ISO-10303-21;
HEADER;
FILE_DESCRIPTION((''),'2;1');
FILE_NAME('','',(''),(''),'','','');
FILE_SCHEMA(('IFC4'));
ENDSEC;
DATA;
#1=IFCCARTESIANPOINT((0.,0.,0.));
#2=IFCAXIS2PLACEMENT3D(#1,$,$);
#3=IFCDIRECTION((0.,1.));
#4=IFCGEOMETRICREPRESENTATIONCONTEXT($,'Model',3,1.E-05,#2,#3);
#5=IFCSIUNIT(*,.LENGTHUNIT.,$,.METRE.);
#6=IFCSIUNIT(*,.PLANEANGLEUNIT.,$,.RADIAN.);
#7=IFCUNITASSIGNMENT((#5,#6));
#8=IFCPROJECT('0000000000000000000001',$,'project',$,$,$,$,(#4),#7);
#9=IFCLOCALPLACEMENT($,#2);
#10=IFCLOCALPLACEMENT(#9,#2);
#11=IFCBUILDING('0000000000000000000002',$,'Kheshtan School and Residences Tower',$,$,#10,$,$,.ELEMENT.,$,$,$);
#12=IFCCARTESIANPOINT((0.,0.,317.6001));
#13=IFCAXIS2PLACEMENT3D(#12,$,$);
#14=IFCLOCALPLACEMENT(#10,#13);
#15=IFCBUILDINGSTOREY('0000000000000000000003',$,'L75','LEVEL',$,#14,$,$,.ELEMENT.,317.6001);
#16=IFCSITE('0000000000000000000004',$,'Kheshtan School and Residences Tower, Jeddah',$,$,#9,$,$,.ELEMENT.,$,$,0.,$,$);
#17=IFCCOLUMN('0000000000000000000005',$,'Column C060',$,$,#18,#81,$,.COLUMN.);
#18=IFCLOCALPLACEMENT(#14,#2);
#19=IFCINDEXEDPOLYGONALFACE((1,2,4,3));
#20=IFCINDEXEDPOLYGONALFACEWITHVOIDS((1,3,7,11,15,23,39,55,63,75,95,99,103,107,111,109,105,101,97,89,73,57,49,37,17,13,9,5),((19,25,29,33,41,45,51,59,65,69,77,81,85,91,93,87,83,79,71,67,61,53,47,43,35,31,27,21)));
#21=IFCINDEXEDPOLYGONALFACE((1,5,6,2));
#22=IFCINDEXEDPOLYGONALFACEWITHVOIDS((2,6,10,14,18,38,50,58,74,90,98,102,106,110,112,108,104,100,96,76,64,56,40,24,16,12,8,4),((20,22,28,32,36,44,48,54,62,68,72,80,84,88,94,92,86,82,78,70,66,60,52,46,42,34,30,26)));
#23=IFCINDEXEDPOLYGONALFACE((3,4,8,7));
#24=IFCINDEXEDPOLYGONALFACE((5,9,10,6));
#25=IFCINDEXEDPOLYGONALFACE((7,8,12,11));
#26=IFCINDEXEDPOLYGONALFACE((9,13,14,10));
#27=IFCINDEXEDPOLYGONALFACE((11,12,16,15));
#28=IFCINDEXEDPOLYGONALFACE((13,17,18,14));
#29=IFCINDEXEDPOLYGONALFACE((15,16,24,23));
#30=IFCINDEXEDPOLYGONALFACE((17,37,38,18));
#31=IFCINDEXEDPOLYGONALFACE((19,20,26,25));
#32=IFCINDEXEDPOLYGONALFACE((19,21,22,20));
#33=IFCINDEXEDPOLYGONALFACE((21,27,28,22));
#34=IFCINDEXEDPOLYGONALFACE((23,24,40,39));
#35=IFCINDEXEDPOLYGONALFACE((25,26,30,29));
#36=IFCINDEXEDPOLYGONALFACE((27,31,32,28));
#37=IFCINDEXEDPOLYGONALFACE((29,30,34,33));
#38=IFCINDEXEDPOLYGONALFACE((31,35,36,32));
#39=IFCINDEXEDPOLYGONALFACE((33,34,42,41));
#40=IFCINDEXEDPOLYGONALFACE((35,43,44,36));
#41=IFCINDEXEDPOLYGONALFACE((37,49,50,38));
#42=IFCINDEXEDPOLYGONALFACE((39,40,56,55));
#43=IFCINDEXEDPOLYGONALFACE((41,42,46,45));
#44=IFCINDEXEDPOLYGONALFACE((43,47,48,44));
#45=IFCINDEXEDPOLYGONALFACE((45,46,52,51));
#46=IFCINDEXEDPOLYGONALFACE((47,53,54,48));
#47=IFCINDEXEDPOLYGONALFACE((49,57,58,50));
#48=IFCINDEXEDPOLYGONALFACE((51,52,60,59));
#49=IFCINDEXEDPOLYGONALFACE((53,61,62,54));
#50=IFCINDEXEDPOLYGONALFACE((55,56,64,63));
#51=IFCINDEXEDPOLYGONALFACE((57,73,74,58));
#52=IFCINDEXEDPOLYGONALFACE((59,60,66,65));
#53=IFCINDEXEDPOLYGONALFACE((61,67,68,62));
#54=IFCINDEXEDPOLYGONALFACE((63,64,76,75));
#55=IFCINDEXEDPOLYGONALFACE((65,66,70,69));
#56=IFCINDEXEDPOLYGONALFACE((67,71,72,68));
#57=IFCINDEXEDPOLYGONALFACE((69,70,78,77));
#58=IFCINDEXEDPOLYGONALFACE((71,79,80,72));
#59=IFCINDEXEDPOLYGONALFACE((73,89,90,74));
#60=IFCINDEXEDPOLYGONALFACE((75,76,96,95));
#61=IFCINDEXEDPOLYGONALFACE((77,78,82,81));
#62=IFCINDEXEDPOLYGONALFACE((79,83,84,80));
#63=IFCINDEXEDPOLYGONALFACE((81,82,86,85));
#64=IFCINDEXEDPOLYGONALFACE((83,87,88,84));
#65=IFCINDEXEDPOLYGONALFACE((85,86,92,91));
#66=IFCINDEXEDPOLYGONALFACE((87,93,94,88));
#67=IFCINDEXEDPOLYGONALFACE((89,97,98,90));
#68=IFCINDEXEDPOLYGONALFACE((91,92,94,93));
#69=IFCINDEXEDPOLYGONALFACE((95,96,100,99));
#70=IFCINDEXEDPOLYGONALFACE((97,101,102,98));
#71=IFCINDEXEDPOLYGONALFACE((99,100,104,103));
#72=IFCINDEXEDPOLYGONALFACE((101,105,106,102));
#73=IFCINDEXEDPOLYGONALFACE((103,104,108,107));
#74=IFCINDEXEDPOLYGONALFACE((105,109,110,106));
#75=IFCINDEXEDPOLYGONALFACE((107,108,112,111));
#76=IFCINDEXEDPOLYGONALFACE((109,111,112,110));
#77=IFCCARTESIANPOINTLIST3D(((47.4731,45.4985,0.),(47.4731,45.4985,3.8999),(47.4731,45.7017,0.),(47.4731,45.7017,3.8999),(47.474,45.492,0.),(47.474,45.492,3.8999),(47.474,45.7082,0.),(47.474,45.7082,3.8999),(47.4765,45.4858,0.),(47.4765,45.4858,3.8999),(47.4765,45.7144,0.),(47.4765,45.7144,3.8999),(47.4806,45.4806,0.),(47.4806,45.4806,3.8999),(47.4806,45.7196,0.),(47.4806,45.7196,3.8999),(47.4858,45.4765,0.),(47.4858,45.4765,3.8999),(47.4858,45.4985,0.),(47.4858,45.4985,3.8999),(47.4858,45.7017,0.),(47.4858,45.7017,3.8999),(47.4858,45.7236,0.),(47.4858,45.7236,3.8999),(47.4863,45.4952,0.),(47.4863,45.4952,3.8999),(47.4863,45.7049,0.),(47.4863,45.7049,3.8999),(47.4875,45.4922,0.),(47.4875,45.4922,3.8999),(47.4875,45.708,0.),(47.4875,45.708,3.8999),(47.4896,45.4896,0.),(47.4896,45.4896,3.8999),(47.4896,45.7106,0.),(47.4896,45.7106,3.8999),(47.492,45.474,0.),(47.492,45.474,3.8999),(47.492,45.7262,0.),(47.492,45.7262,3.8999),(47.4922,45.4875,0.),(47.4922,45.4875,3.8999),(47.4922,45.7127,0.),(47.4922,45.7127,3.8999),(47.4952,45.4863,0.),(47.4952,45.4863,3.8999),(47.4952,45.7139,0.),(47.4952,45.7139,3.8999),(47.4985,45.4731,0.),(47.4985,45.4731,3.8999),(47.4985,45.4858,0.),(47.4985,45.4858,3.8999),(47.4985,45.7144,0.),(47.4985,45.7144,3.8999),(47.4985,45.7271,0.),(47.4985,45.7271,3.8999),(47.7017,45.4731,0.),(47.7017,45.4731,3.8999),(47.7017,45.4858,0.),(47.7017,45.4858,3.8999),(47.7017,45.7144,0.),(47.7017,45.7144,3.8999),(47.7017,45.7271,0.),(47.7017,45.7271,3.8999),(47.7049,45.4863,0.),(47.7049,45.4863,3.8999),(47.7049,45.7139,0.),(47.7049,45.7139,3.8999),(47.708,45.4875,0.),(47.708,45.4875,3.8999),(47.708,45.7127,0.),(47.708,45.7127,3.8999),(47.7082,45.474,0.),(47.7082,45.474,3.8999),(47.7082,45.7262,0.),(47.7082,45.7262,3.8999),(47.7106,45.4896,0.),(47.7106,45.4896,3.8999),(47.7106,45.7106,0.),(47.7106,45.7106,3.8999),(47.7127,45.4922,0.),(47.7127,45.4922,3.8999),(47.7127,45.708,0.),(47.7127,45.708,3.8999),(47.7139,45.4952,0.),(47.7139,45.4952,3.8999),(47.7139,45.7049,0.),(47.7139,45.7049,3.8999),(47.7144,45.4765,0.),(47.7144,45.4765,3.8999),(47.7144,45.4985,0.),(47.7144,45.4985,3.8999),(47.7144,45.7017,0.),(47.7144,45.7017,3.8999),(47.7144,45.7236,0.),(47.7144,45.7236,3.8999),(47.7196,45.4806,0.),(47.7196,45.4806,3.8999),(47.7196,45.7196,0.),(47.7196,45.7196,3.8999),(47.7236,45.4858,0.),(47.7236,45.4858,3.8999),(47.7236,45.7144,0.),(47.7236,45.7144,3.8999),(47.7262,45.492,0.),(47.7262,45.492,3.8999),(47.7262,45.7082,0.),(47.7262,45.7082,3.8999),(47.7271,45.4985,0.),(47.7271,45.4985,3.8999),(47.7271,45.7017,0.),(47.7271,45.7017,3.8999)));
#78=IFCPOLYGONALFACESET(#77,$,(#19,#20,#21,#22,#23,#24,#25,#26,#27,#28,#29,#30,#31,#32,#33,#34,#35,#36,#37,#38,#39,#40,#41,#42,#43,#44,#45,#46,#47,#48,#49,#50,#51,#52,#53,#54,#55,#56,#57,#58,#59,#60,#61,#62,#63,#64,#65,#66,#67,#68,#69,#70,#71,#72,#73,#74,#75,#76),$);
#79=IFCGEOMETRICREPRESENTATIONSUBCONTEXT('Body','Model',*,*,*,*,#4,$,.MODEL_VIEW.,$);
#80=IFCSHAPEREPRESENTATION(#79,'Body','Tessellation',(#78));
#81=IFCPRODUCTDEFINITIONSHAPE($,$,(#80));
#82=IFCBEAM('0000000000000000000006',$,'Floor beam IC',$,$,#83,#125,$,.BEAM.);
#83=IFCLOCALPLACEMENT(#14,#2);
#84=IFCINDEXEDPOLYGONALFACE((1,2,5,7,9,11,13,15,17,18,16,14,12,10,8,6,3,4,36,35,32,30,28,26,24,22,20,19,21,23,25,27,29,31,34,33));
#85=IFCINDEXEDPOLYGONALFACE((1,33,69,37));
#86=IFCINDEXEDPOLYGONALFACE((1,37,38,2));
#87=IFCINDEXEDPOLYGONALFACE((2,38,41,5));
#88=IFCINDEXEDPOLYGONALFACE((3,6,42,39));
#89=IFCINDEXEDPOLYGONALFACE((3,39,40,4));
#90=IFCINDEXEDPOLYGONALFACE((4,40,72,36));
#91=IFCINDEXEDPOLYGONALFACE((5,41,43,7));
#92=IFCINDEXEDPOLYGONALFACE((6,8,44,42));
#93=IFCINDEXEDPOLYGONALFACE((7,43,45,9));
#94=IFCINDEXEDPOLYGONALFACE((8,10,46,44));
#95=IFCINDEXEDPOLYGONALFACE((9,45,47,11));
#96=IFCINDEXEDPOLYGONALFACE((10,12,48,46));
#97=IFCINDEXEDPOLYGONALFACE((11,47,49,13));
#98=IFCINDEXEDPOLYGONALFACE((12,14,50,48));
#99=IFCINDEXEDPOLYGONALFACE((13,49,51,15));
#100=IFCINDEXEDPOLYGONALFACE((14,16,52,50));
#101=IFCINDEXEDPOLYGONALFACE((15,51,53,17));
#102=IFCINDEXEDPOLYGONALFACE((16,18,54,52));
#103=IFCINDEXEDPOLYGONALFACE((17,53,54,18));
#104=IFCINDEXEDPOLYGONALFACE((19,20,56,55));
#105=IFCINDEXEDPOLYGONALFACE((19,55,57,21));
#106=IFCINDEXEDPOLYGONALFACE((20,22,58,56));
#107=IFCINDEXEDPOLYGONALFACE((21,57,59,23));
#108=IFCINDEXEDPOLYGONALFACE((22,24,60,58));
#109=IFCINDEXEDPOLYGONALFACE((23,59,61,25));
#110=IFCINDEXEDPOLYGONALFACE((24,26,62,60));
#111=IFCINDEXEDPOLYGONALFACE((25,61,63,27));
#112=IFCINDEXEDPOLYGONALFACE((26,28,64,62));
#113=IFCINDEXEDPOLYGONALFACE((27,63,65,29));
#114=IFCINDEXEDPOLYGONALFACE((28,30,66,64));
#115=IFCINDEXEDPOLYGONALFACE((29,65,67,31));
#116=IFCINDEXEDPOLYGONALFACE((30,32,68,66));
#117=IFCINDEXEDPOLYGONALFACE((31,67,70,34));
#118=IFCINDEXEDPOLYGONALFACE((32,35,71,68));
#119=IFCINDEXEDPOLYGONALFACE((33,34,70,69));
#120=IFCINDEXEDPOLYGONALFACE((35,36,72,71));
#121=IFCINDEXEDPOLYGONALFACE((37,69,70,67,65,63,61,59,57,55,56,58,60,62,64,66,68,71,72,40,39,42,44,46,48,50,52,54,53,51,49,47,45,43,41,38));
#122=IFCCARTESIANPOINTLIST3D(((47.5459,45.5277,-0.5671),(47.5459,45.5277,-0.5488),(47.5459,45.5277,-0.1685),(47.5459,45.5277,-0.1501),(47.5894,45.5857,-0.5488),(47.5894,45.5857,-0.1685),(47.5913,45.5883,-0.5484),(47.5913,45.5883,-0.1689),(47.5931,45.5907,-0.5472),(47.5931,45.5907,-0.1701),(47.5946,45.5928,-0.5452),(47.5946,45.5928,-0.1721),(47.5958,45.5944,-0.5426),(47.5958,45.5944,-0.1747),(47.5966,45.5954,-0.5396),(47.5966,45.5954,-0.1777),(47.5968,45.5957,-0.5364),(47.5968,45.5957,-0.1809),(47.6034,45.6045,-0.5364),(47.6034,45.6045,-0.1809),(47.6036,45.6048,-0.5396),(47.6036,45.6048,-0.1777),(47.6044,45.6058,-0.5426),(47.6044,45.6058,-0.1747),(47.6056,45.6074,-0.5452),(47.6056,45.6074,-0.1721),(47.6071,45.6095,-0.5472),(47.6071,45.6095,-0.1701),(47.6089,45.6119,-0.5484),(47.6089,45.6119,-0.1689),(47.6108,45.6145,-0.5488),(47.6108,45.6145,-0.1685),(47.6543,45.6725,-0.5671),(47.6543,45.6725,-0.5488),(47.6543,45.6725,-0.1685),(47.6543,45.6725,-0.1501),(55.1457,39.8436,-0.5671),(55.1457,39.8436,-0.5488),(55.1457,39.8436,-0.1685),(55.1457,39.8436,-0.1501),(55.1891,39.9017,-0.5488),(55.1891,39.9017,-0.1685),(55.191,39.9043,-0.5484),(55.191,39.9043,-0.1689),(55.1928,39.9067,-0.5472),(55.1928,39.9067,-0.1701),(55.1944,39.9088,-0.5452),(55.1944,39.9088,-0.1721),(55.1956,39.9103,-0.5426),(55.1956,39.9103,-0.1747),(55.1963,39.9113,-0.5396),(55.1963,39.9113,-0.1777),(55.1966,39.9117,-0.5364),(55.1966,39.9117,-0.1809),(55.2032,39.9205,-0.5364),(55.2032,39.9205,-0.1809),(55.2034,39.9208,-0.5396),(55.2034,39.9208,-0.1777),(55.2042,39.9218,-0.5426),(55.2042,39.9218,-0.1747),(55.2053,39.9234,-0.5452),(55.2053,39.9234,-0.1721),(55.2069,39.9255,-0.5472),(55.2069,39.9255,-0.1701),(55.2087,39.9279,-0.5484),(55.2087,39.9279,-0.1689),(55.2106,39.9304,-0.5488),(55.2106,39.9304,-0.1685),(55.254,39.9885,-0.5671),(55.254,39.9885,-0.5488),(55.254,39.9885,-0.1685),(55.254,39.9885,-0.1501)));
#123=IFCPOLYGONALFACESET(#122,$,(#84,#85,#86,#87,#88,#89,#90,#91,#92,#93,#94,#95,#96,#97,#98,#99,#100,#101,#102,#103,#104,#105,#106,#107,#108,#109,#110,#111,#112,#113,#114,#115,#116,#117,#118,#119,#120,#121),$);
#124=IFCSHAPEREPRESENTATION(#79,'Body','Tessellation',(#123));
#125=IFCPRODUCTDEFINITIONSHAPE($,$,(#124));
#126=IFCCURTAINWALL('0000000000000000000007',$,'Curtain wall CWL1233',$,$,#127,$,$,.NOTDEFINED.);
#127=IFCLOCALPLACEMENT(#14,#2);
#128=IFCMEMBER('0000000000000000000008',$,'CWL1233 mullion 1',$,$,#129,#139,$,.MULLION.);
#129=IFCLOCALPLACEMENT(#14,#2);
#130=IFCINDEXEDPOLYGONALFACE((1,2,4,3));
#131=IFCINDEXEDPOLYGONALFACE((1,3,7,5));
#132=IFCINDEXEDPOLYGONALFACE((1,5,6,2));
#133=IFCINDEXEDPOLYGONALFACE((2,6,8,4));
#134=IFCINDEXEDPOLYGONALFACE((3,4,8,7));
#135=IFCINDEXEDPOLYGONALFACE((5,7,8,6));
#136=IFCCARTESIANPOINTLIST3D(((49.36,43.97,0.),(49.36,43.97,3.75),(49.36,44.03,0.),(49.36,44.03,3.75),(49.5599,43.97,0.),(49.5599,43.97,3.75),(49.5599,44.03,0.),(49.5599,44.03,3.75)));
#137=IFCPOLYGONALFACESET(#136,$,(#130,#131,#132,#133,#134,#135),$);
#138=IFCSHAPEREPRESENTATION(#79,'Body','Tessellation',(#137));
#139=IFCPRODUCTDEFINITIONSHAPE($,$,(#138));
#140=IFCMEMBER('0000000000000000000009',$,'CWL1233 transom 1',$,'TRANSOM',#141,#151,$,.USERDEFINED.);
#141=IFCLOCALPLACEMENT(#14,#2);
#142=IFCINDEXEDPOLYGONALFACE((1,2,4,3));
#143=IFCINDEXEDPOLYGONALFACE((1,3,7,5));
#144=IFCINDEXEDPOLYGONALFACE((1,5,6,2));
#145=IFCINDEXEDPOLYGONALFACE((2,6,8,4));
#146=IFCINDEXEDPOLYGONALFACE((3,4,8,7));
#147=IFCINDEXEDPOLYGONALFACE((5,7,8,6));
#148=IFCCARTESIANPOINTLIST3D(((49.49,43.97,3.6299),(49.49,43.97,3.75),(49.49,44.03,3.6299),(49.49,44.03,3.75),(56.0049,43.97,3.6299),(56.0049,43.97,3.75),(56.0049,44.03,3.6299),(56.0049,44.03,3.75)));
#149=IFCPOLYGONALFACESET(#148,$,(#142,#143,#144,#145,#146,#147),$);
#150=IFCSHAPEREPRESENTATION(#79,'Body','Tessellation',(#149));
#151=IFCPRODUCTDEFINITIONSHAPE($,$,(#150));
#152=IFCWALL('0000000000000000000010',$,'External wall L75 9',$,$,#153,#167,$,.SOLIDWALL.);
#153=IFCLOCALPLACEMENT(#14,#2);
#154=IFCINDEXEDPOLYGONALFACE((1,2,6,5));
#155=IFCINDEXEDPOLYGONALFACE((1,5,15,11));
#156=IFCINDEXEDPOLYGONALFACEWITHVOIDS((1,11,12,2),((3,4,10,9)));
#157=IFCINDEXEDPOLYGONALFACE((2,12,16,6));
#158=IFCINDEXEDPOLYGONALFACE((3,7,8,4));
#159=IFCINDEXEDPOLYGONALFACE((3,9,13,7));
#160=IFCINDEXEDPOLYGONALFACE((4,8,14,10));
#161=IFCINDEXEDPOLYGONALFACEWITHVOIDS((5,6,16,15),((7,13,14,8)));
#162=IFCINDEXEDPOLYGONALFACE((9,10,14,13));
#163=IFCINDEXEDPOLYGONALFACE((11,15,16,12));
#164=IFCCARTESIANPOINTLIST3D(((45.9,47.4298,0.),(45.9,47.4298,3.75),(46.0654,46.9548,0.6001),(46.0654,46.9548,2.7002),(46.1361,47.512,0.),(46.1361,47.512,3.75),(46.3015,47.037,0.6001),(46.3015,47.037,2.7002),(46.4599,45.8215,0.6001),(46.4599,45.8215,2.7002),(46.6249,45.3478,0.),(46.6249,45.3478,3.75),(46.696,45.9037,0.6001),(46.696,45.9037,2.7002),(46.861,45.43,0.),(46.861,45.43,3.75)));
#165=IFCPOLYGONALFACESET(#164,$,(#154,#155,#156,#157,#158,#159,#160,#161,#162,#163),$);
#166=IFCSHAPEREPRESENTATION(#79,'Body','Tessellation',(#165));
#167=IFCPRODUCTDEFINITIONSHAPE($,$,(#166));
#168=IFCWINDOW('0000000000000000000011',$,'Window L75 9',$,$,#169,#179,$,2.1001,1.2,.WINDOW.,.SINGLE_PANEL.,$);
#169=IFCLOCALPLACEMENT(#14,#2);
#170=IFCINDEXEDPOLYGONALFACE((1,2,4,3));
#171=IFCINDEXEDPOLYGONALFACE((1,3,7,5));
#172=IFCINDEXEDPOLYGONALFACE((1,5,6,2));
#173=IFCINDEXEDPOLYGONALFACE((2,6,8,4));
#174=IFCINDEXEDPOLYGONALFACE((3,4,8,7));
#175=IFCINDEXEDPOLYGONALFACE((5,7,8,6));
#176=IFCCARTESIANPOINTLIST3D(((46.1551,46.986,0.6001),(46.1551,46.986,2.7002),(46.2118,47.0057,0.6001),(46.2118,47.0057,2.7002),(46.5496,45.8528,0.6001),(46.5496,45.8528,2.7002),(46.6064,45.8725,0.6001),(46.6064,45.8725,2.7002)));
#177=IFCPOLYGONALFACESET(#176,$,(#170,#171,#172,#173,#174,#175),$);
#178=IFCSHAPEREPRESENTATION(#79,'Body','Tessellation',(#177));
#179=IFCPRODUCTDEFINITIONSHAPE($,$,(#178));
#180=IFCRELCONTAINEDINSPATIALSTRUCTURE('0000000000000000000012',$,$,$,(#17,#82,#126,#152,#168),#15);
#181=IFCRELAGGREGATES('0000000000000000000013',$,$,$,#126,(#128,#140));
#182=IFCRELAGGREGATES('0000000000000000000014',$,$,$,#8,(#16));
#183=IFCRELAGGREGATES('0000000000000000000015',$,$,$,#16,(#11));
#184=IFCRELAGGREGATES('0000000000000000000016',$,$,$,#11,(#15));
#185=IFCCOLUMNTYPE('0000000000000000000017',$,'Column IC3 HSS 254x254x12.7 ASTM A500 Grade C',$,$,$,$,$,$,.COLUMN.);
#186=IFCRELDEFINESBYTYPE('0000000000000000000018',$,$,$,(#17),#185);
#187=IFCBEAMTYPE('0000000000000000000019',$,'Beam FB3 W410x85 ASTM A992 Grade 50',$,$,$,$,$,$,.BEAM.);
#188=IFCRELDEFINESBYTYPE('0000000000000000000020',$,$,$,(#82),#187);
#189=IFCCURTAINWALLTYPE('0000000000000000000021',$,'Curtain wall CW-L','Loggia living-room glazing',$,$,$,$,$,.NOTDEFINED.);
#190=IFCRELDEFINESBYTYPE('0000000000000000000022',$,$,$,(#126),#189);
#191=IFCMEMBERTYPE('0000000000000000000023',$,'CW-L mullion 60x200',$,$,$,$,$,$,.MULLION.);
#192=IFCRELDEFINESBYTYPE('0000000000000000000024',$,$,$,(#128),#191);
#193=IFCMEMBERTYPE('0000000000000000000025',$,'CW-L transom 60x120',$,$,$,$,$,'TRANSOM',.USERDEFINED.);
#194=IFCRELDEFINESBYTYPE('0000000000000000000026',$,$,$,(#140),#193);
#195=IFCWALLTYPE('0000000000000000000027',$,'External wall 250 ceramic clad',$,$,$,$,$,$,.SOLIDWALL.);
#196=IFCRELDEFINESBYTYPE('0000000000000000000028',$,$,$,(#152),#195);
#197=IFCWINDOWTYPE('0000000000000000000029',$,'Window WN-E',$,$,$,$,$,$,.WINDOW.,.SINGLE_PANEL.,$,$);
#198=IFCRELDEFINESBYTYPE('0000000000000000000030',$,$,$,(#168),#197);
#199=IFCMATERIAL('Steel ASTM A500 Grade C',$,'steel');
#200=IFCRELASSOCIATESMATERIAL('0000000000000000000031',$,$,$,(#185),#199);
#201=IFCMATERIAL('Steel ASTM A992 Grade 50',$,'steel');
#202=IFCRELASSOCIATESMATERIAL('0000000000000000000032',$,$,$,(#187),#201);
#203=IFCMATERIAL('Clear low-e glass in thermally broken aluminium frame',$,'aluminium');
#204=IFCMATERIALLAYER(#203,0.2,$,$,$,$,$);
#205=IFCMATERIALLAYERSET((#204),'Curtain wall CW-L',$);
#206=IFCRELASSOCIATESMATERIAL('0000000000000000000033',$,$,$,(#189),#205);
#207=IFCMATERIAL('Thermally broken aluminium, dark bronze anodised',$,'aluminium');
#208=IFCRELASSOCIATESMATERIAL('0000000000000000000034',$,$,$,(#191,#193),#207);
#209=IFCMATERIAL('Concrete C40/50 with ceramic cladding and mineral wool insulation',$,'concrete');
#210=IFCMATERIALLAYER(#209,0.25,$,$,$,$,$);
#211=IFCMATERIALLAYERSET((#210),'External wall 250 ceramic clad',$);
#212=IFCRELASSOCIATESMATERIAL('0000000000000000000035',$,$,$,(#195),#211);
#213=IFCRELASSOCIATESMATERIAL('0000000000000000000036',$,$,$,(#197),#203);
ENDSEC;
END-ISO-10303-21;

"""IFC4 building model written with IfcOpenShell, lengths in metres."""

from ifc_helpers import new_model, si_unit, direction, frame, frame_2d, origin, origin_2d, place, context, subcontext, project, spatial, rectangle, hollow_rectangle, i_section, extrude, source, transform, mapped, material, layer, layer_set, material_profile, profile_set, type_object, element, fill, aggregate, save


model = new_model("IFC4")

# Units and contexts
model_context = context("Model", 3, precision=1e-05, world=origin(), true_north=direction((0.0, 1.0)))
body_context = subcontext(model_context, "Body", "Model", "MODEL_VIEW")
ifc_project = project(units=[si_unit("LENGTHUNIT", "METRE"), si_unit("PLANEANGLEUNIT", "RADIAN")], contexts=[model_context])

# Site, building, storey
site_placement = place(None, origin())
site = spatial("IfcSite", under=ifc_project, at=site_placement, Name="Kheshtan School and Residences Tower, Jeddah", CompositionType="ELEMENT", RefElevation=0.0)
building_placement = place(site_placement, origin())
building = spatial("IfcBuilding", under=site, at=building_placement, Name="Kheshtan School and Residences Tower", CompositionType="ELEMENT")
storey_placement = place(building_placement, frame((0.0, 0.0, 317.6001)))
storey = spatial("IfcBuildingStorey", under=building, at=storey_placement, Name="L75", Description="LEVEL", CompositionType="ELEMENT", Elevation=317.6001)

# Column
ifc_material_1 = material(Name="Steel ASTM A500 Grade C", Category="steel")
ifc_material_profile_1 = material_profile(ifc_material_1, hollow_rectangle(XDim=0.2539, YDim=0.2539, WallThickness=0.0127, InnerFilletRadius=0.0127, OuterFilletRadius=0.0254, at=origin_2d()), Name="HSS 254x254x12.7")
ifc_profile_set_1 = profile_set([ifc_material_profile_1], Name="Steel ASTM A500 Grade C")
column_type = type_object("IfcColumnType", Name="Column IC3 HSS 254x254x12.7 ASTM A500 Grade C", PredefinedType="COLUMN", material=ifc_profile_set_1)
column_placement = place(storey_placement, frame((47.6001, 45.6001, 0.0), z_axis=(0.0, 0.0, 1.0), x_axis=(1.0, 0.0, 0.0)))
element("IfcColumn", 1, at=column_placement, inside=storey, type_object=column_type, Name="Column C060", PredefinedType="COLUMN", context=body_context, shape_type="SweptSolid", body=[
    extrude(hollow_rectangle(XDim=0.2539, YDim=0.2539, WallThickness=0.0127, InnerFilletRadius=0.0127, OuterFilletRadius=0.0254, at=origin_2d()), origin(), (0.0, 0.0, 1.0), 3.8999),
])

# Beam
ifc_material_2 = material(Name="Steel ASTM A992 Grade 50", Category="steel")
ifc_material_profile_2 = material_profile(ifc_material_2, i_section(OverallWidth=0.1809, OverallDepth=0.417, WebThickness=0.011, FlangeThickness=0.0183, FilletRadius=0.0125, at=origin_2d()), Name="W410x85")
ifc_profile_set_2 = profile_set([ifc_material_profile_2], Name="Steel ASTM A992 Grade 50")
beam_type = type_object("IfcBeamType", Name="Beam FB3 W410x85 ASTM A992 Grade 50", PredefinedType="BEAM", material=ifc_profile_set_2)
beam_placement = place(storey_placement, frame((47.6001, 45.6001, -0.3586), z_axis=(0.800799, -0.598933, 0.0), x_axis=(0.598933, 0.800799, 0.0)))
element("IfcBeam", 2, at=beam_placement, inside=storey, type_object=beam_type, Name="Floor beam IC", PredefinedType="BEAM", context=body_context, shape_type="SweptSolid", body=[
    extrude(i_section(OverallWidth=0.1809, OverallDepth=0.417, WebThickness=0.011, FlangeThickness=0.0183, FilletRadius=0.0125, at=origin_2d()), origin(), (0.0, 0.0, 1.0), 9.4902),
])

# Curtain wall, members
ifc_material_3 = material(Name="Clear low-e glass in thermally broken aluminium frame", Category="aluminium")
ifc_layer_1 = layer(ifc_material_3, 0.2)
ifc_layer_set_1 = layer_set([ifc_layer_1], Name="Curtain wall CW-L")
curtain_wall_type = type_object("IfcCurtainWallType", Name="Curtain wall CW-L", Description="Loggia living-room glazing", PredefinedType="NOTDEFINED", material=ifc_layer_set_1)
curtain_wall_placement = place(storey_placement, origin())
curtain_wall = element("IfcCurtainWall", 3, at=curtain_wall_placement, inside=storey, type_object=curtain_wall_type, Name="Curtain wall CWL1233", PredefinedType="NOTDEFINED")
ifc_material_4 = material(Name="Thermally broken aluminium, dark bronze anodised", Category="aluminium")
ifc_material_profile_3 = material_profile(ifc_material_4, rectangle(XDim=0.0601, YDim=0.2, at=origin_2d()), Name="CW-L mullion 60x200")
ifc_profile_set_3 = profile_set([ifc_material_profile_3], Name="Thermally broken aluminium, dark bronze anodised")
member_type_1 = type_object("IfcMemberType", Name="CW-L mullion 60x200", PredefinedType="MULLION", material=ifc_profile_set_3)
member_1_placement = place(storey_placement, frame((49.46, 44.0, 0.0), z_axis=(0.0, 0.0, 1.0), x_axis=(0.0, 1.0, 0.0)))
member_1 = element("IfcMember", 4, at=member_1_placement, type_object=member_type_1, Name="CWL1233 mullion 1", PredefinedType="MULLION", context=body_context, shape_type="SweptSolid", body=[
    extrude(rectangle(XDim=0.0601, YDim=0.2, at=origin_2d()), origin(), (0.0, 0.0, 1.0), 3.75),
])
ifc_material_profile_4 = material_profile(ifc_material_4, rectangle(XDim=0.0601, YDim=0.1201, at=origin_2d()), Name="CW-L transom 60x120")
ifc_profile_set_4 = profile_set([ifc_material_profile_4], Name="Thermally broken aluminium, dark bronze anodised")
member_type_2 = type_object("IfcMemberType", Name="CW-L transom 60x120", ElementType="TRANSOM", PredefinedType="USERDEFINED", material=ifc_profile_set_4)
member_2_placement = place(storey_placement, frame((49.49, 44.0, 3.6899), z_axis=(1.0, 0.0, 0.0), x_axis=(0.0, 1.0, 0.0)))
member_2 = element("IfcMember", 5, at=member_2_placement, type_object=member_type_2, Name="CWL1233 transom 1", ObjectType="TRANSOM", PredefinedType="USERDEFINED", context=body_context, shape_type="SweptSolid", body=[
    extrude(rectangle(XDim=0.0601, YDim=0.1201, at=origin_2d()), origin(), (0.0, 0.0, 1.0), 6.5149),
])
aggregate(curtain_wall, [member_1, member_2])

# Wall, opening, window
ifc_material_5 = material(Name="Concrete C40/50 with ceramic cladding and mineral wool insulation", Category="concrete")
ifc_layer_2 = layer(ifc_material_5, 0.25)
ifc_layer_set_2 = layer_set([ifc_layer_2], Name="External wall 250 ceramic clad")
wall_type_1 = type_object("IfcWallType", Name="External wall 250 ceramic clad", PredefinedType="SOLIDWALL", material=ifc_layer_set_2)
wall_1_placement = place(storey_placement, frame((46.0181, 47.4709, 0.0), z_axis=(0.0, 0.0, 1.0), x_axis=(0.328791, -0.944403, 0.0)))
wall_1 = element("IfcWall", 6, at=wall_1_placement, inside=storey, type_object=wall_type_1, Name="External wall L75 9", PredefinedType="SOLIDWALL", context=body_context, shape_type="SweptSolid", body=[
    extrude(rectangle(XDim=2.2046, YDim=0.25, at=frame_2d((1.1023, 0.0))), origin(), (0.0, 0.0, 1.0), 3.75),
])
opening_1_placement = place(wall_1_placement, frame((0.5029, 0.0, 0.6001)))
opening_1 = element("IfcOpeningElement", 7, at=opening_1_placement, cuts=wall_1, PredefinedType="OPENING", context=body_context, shape_type="SweptSolid", body=[
    extrude(rectangle(XDim=1.2, YDim=2.1001, at=frame_2d((0.6001, 1.05))), frame((0.0, 0.135, 0.0), z_axis=(0.0, -1.0, 0.0), x_axis=(1.0, 0.0, 0.0)), (0.0, 0.0, 1.0), 0.27),
])
window_type = type_object("IfcWindowType", Name="Window WN-E", PartitioningType="SINGLE_PANEL", PredefinedType="WINDOW", material=ifc_material_3)
shared_shape_1 = source(origin(), body_context, "Body", "SweptSolid", [
    extrude(rectangle(XDim=1.2, YDim=2.1001, at=frame_2d((0.6001, 1.05))), frame((0.0, 0.03, 0.0), z_axis=(0.0, -1.0, 0.0), x_axis=(1.0, 0.0, 0.0)), (0.0, 0.0, 1.0), 0.0601),
])
window_1_placement = place(opening_1_placement, origin())
window_1 = element("IfcWindow", 8, at=window_1_placement, inside=storey, type_object=window_type, Name="Window L75 9", OverallHeight=2.1001, OverallWidth=1.2, PartitioningType="SINGLE_PANEL", PredefinedType="WINDOW", context=body_context, shape_type="MappedRepresentation", body=[
    mapped(shared_shape_1, transform((0.0, 0.0, 0.0), x_axis=(1.0, 0.0, 0.0), y_axis=(0.0, 1.0, 0.0), z_axis=(0.0, 0.0, 1.0), scale=1.0)),
])
fill(opening_1, window_1)

save(model, "model.ifc")
